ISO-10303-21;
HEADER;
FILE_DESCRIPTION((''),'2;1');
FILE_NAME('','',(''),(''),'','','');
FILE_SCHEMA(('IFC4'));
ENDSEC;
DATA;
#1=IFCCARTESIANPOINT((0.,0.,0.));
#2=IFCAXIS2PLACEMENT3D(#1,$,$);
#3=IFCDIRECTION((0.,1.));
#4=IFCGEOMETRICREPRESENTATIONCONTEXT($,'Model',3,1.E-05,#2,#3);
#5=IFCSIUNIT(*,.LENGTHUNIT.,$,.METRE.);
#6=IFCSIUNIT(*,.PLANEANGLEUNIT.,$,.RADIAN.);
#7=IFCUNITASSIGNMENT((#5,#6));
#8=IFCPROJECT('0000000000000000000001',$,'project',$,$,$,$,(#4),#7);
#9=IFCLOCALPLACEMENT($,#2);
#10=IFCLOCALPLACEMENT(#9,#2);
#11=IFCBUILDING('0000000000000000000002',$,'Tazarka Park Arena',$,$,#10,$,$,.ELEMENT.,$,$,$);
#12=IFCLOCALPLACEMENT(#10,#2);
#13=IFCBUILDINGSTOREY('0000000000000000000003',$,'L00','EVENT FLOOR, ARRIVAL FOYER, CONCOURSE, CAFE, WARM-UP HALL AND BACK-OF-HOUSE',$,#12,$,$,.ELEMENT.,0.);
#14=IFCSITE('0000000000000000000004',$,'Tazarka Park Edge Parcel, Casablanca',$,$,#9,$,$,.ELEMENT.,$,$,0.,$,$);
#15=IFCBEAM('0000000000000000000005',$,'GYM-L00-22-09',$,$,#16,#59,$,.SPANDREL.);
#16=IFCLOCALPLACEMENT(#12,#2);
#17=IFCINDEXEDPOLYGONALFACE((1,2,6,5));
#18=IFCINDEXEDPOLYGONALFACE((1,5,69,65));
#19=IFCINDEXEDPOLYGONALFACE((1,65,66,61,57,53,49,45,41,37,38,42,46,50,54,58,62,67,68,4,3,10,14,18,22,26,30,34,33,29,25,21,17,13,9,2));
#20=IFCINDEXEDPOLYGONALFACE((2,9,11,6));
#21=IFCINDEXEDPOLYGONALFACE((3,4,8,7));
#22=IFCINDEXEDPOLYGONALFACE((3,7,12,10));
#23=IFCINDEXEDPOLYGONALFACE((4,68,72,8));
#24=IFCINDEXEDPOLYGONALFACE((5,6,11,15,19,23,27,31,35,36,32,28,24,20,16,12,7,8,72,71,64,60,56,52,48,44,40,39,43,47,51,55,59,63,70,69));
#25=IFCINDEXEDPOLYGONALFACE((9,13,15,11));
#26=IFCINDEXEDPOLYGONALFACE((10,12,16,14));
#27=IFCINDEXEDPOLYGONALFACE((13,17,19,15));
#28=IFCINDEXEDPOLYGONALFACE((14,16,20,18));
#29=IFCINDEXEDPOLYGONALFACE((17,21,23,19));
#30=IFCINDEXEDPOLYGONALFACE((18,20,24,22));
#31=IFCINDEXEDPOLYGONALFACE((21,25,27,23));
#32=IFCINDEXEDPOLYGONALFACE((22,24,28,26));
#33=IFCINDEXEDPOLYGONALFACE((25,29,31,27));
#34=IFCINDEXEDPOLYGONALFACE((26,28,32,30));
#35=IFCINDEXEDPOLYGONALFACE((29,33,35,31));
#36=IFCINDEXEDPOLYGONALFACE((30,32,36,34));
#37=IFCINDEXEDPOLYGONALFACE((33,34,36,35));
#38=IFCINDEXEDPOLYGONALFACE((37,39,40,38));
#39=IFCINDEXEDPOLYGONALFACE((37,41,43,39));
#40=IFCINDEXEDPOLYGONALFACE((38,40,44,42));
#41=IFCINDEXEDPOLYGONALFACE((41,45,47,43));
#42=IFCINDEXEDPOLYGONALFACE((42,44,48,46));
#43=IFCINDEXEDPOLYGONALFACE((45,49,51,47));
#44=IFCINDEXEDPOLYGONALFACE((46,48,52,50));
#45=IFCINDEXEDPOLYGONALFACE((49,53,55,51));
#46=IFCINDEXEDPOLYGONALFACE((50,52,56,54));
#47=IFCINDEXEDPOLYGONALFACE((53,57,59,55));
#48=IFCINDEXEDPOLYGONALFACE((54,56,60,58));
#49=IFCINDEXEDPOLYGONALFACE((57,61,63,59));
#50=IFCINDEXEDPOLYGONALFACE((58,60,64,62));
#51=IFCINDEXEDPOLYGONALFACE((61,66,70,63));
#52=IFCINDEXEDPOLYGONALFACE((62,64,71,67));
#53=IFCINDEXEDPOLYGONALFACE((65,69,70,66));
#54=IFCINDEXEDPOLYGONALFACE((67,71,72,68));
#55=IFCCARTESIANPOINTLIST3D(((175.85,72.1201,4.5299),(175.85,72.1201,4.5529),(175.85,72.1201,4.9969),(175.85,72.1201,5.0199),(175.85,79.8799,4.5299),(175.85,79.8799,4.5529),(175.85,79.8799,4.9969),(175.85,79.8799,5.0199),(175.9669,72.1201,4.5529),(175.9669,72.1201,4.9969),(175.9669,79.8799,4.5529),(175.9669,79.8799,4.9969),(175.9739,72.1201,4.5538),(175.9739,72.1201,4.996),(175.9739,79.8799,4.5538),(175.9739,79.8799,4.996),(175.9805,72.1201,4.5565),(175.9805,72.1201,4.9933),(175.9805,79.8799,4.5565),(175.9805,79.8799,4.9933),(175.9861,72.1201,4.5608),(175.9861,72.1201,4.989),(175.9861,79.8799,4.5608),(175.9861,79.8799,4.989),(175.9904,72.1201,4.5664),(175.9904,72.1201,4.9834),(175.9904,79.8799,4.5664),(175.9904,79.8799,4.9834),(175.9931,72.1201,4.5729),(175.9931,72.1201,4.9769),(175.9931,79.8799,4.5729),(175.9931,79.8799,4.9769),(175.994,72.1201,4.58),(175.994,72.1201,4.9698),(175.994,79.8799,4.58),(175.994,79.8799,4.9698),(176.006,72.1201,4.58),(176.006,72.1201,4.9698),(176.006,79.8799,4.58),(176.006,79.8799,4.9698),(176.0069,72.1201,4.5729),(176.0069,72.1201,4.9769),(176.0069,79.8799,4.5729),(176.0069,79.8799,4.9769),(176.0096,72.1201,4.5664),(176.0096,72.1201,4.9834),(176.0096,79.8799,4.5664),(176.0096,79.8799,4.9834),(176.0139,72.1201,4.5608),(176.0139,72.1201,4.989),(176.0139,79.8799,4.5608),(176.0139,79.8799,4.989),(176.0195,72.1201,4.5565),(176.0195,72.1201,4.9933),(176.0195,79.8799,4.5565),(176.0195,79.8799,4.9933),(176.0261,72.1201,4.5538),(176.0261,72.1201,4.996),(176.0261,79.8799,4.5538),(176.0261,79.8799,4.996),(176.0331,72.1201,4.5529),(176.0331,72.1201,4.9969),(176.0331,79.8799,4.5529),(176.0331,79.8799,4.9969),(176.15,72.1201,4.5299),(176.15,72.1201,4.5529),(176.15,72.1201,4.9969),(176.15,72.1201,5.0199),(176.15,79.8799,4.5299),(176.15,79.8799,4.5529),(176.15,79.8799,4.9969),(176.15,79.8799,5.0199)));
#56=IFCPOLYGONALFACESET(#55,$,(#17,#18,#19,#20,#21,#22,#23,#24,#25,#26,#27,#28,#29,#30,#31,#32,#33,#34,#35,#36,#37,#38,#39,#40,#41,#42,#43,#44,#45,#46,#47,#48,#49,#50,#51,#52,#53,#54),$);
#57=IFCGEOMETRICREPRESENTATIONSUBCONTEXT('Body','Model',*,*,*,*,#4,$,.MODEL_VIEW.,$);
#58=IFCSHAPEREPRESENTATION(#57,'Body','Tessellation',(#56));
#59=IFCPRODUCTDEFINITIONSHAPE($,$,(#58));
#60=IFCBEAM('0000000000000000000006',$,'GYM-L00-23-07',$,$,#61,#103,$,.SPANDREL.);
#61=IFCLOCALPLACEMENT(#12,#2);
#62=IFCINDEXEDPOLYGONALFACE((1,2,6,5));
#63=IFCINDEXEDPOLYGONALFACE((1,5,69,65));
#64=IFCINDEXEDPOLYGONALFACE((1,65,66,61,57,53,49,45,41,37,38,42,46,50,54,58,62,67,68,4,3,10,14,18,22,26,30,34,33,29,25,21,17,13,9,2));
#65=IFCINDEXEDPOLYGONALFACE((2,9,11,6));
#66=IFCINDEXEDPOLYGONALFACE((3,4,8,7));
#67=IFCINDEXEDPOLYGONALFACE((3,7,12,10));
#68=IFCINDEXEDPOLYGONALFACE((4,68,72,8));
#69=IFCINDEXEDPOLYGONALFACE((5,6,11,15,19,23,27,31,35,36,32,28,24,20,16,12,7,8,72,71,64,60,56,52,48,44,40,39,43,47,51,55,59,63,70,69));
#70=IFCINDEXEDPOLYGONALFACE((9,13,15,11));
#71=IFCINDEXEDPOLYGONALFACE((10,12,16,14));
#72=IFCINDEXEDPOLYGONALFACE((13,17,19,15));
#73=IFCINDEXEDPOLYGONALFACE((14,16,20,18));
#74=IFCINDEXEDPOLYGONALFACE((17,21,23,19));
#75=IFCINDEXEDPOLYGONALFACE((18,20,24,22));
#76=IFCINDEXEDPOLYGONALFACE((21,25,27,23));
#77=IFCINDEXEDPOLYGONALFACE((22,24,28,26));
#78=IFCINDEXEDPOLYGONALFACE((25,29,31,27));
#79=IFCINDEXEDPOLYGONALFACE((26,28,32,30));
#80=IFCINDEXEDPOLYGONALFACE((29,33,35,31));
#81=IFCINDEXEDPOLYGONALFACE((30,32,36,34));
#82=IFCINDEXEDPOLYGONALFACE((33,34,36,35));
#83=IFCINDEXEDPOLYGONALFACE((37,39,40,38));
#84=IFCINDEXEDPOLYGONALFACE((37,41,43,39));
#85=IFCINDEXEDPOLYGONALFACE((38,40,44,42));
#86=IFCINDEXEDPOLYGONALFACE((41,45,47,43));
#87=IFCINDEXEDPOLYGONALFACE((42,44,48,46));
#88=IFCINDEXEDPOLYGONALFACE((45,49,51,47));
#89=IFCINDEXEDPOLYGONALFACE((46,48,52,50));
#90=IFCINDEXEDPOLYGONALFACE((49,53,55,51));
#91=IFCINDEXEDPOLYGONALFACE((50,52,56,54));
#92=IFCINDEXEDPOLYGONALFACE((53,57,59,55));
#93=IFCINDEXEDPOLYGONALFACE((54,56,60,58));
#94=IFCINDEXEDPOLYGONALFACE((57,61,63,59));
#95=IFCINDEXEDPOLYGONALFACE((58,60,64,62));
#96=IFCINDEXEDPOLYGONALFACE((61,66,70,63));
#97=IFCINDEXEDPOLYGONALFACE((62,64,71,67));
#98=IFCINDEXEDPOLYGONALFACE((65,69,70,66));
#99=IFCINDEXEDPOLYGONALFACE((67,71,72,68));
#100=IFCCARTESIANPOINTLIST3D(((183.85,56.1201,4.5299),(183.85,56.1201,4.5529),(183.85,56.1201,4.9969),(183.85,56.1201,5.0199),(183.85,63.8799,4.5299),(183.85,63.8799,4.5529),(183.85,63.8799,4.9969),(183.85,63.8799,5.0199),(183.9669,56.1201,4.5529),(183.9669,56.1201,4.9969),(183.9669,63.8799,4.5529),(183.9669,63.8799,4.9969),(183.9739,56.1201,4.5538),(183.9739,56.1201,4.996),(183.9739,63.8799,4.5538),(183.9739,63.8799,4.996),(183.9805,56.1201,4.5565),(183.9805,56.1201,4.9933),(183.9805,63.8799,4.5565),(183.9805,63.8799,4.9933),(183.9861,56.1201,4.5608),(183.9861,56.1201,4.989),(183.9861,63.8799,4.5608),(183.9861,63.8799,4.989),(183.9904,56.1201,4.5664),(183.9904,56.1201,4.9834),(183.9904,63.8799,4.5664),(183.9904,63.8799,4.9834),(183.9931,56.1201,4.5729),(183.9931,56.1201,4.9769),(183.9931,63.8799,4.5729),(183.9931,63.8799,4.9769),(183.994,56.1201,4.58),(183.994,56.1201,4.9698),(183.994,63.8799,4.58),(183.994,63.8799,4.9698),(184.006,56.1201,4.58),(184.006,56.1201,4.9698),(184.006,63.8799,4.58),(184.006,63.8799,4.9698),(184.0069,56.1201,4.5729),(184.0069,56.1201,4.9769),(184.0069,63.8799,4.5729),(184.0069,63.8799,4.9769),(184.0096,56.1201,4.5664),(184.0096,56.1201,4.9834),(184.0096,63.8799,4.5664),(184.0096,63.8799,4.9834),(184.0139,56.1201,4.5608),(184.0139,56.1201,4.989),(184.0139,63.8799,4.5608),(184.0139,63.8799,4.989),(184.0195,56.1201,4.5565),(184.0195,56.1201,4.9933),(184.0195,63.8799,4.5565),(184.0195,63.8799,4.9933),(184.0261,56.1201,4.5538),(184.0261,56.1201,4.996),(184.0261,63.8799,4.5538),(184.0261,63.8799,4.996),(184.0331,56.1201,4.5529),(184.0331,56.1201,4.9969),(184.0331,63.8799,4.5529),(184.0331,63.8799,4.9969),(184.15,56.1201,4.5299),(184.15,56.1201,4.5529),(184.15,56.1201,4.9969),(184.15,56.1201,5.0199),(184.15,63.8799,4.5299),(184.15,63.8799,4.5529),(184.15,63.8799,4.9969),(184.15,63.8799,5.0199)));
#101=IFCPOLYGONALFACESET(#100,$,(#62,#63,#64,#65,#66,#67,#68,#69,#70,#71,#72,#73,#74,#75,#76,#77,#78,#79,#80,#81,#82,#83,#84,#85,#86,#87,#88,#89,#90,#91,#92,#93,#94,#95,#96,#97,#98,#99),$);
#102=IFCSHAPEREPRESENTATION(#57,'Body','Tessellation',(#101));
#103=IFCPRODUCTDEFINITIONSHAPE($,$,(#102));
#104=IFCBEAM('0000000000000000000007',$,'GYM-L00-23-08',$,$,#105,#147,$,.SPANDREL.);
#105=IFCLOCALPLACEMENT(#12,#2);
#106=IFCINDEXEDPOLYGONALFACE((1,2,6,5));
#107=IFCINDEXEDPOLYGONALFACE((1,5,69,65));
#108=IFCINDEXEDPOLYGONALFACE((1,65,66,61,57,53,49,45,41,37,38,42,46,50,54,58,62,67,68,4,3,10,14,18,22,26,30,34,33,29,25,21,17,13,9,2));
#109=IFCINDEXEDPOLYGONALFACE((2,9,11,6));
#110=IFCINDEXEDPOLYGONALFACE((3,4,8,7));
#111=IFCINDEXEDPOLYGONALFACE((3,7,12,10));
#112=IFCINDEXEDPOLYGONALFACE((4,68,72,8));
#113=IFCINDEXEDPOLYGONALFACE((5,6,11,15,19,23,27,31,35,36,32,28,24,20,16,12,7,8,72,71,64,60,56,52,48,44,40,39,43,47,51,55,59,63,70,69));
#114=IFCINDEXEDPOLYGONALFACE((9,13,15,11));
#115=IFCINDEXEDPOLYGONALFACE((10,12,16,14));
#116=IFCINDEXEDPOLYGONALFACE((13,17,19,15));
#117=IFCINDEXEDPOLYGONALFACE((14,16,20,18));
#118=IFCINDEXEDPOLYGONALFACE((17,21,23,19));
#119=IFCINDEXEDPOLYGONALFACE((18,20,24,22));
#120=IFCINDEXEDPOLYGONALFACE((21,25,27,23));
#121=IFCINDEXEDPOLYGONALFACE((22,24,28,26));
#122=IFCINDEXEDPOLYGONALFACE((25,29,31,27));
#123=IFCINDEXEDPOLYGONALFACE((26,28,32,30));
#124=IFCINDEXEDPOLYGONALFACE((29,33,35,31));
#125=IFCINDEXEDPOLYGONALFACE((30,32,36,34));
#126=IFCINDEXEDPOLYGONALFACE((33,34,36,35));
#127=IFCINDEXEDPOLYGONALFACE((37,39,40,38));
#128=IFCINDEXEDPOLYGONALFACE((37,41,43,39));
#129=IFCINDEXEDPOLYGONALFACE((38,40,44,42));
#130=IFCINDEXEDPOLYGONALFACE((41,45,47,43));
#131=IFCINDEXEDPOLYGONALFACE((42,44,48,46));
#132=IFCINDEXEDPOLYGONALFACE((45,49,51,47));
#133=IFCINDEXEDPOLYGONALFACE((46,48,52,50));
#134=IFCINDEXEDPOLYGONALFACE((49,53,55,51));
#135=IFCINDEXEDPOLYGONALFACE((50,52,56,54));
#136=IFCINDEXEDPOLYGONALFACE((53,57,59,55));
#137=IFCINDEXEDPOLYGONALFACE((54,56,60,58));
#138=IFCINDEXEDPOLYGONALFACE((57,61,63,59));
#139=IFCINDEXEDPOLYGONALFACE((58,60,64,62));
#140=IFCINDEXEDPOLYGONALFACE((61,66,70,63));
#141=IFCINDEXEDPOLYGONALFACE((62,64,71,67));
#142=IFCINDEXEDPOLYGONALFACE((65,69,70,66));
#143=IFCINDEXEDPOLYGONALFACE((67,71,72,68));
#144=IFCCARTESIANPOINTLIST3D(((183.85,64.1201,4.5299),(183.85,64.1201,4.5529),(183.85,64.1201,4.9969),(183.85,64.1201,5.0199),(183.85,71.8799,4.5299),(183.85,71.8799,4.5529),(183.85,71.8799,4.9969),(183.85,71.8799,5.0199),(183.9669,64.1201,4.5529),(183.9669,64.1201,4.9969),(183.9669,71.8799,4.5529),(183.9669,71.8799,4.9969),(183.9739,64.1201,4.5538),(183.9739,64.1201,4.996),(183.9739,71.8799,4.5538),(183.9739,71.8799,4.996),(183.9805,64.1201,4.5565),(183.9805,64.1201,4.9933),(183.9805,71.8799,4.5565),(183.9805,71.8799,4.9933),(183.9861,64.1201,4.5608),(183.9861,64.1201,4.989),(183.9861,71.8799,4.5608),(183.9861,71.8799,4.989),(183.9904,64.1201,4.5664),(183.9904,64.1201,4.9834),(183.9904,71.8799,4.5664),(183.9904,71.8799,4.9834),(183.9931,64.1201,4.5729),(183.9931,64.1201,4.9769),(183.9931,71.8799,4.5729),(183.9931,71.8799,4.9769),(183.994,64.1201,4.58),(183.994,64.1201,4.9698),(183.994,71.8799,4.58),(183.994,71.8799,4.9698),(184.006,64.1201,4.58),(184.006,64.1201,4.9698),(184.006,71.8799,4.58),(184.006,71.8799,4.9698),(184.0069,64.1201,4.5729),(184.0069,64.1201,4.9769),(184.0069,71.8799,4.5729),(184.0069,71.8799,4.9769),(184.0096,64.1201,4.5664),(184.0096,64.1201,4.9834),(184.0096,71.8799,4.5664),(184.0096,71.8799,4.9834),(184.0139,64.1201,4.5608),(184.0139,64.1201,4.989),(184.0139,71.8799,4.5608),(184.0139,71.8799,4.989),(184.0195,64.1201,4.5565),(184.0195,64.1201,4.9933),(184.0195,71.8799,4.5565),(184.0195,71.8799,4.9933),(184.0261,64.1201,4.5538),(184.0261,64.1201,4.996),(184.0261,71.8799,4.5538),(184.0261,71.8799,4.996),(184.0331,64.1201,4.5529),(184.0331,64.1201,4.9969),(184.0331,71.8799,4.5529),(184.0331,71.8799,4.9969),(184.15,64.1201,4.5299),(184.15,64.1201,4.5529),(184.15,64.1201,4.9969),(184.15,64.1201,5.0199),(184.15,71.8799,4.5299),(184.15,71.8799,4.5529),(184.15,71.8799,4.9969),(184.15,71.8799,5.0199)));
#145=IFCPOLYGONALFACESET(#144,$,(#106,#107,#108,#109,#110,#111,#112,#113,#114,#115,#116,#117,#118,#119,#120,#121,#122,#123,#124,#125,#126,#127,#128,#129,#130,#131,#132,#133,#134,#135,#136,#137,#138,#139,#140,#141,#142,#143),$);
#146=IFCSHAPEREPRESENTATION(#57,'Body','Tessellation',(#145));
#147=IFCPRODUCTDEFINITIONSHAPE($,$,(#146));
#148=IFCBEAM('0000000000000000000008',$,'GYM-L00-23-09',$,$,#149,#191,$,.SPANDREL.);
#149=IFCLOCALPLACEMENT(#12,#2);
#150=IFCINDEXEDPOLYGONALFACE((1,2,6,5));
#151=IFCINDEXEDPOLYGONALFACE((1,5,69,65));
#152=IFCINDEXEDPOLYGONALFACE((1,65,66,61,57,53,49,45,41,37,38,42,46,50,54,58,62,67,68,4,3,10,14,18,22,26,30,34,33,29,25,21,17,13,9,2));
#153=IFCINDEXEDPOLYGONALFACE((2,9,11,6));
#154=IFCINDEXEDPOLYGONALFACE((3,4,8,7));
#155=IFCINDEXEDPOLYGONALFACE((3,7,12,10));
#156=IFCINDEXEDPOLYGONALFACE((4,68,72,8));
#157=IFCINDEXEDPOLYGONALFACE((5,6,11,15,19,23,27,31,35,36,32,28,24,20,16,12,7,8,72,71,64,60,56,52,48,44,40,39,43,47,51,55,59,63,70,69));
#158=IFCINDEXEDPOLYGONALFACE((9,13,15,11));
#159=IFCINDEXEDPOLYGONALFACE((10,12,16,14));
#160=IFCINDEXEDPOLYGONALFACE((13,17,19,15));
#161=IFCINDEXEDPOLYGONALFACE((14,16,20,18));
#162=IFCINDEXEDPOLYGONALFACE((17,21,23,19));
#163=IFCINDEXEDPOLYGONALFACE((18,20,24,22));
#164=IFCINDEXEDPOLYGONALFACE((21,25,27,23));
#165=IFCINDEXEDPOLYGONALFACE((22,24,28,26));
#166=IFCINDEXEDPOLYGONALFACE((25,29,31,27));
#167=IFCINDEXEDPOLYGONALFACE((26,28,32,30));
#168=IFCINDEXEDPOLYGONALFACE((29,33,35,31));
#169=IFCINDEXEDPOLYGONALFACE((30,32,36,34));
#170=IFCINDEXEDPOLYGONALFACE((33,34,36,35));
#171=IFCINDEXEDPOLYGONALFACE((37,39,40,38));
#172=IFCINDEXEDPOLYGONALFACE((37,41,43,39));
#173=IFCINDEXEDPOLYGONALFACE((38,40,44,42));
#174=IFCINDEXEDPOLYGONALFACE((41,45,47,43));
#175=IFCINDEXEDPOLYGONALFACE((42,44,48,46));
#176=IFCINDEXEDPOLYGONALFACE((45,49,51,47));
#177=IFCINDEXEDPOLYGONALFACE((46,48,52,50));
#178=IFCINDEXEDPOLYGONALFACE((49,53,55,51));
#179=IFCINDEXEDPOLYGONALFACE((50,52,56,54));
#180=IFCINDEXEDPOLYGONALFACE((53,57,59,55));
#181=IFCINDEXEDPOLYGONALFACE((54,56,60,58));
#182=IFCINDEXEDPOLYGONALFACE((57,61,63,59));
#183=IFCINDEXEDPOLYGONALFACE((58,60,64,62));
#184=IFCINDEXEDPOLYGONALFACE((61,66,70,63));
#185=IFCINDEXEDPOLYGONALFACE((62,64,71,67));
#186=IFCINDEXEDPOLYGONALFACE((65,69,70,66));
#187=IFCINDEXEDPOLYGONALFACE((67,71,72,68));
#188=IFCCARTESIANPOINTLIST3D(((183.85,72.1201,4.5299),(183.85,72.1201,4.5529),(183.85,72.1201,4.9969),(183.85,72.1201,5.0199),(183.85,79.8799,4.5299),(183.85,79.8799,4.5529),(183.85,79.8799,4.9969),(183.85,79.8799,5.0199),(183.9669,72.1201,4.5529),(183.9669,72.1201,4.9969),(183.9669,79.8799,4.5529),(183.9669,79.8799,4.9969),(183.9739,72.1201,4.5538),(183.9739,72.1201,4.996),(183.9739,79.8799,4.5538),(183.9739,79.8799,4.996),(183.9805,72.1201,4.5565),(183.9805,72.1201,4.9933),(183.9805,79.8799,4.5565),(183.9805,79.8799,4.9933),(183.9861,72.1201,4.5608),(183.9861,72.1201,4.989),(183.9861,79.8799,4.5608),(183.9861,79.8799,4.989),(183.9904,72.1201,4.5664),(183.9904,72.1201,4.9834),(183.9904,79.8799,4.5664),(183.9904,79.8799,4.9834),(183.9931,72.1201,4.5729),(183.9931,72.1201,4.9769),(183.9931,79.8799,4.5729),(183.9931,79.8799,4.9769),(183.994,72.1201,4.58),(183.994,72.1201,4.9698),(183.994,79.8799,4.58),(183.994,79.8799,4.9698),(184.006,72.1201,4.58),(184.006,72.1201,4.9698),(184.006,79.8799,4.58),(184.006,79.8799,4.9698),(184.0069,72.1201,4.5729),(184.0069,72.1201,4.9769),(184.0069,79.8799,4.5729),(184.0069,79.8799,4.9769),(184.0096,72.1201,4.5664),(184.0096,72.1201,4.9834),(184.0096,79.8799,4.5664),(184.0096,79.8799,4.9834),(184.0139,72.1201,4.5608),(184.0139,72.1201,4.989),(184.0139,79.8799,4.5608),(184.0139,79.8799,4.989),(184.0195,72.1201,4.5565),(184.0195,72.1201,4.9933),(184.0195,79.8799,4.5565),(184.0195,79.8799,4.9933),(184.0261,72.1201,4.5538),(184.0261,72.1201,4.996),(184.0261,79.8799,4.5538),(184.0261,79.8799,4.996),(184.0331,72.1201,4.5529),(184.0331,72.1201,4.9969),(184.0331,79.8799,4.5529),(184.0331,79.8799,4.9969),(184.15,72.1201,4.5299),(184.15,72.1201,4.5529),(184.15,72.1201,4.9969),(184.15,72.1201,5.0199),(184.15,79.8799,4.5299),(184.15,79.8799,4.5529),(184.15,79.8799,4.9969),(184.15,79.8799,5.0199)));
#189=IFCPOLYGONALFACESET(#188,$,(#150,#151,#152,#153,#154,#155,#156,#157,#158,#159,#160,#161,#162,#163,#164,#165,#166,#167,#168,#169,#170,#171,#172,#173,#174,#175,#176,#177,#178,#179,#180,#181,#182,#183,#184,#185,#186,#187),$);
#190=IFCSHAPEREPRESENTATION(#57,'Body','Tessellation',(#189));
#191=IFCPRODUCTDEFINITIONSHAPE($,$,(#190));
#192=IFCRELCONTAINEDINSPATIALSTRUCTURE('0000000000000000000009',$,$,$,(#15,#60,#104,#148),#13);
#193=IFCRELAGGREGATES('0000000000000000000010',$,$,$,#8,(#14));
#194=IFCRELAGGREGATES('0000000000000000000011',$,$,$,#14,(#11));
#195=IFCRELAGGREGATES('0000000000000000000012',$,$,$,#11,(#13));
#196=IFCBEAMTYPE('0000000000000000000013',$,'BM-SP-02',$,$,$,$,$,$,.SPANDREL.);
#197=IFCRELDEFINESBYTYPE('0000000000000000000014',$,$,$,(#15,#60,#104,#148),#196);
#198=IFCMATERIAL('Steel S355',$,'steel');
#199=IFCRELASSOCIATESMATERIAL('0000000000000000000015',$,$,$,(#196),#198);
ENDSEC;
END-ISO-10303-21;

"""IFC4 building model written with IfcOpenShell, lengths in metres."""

from ifc_helpers import new_model, si_unit, direction, frame, origin, origin_2d, place, context, subcontext, project, spatial, i_section, extrude, material, material_profile, profile_set, type_object, element, save


model = new_model("IFC4")

# Units and contexts
model_context = context("Model", 3, precision=1e-05, world=origin(), true_north=direction((0.0, 1.0)))
body_context = subcontext(model_context, "Body", "Model", "MODEL_VIEW")
ifc_project = project(units=[si_unit("LENGTHUNIT", "METRE"), si_unit("PLANEANGLEUNIT", "RADIAN")], contexts=[model_context])

# Site, building, storey
site_placement = place(None, origin())
site = spatial("IfcSite", under=ifc_project, at=site_placement, Name="Tazarka Park Edge Parcel, Casablanca", CompositionType="ELEMENT", RefElevation=0.0)
building_placement = place(site_placement, origin())
building = spatial("IfcBuilding", under=site, at=building_placement, Name="Tazarka Park Arena", CompositionType="ELEMENT")
storey_placement = place(building_placement, origin())
storey = spatial("IfcBuildingStorey", under=building, at=storey_placement, Name="L00", Description="EVENT FLOOR, ARRIVAL FOYER, CONCOURSE, CAFE, WARM-UP HALL AND BACK-OF-HOUSE", CompositionType="ELEMENT", Elevation=0.0)

# Beams
ifc_material_1 = material(Name="Steel S355", Category="steel")
ifc_material_profile_1 = material_profile(ifc_material_1, i_section(OverallWidth=0.3, OverallDepth=0.49, WebThickness=0.012, FlangeThickness=0.0229, FilletRadius=0.0271, at=origin_2d()), Name="Steel S355")
ifc_profile_set_1 = profile_set([ifc_material_profile_1], Name="Steel S355")
beam_type_1 = type_object("IfcBeamType", Name="BM-SP-02", PredefinedType="SPANDREL", material=ifc_profile_set_1)
for number, where, z_axis, x_axis, name in (
    (1, (176.0, 72.1201, 4.7749), (0.0, 1.0, 0.0), (-1.0, 0.0, 0.0), "GYM-L00-22-09"),
    (2, (184.0, 56.1201, 4.7749), (0.0, 1.0, 0.0), (-1.0, 0.0, 0.0), "GYM-L00-23-07"),
    (3, (184.0, 64.1201, 4.7749), (0.0, 1.0, 0.0), (-1.0, 0.0, 0.0), "GYM-L00-23-08"),
    (4, (184.0, 72.1201, 4.7749), (0.0, 1.0, 0.0), (-1.0, 0.0, 0.0), "GYM-L00-23-09"),
):
    element("IfcBeam", number, at=place(storey_placement, frame(where, z_axis=z_axis, x_axis=x_axis)), inside=storey, type_object=beam_type_1, Name=name, PredefinedType="SPANDREL", context=body_context, shape_type="SweptSolid", body=[
        extrude(i_section(OverallWidth=0.3, OverallDepth=0.49, WebThickness=0.012, FlangeThickness=0.0229, FilletRadius=0.0271, at=origin_2d()), origin(), (0.0, 0.0, 1.0), 7.7598),
    ])

save(model, "model.ifc")
